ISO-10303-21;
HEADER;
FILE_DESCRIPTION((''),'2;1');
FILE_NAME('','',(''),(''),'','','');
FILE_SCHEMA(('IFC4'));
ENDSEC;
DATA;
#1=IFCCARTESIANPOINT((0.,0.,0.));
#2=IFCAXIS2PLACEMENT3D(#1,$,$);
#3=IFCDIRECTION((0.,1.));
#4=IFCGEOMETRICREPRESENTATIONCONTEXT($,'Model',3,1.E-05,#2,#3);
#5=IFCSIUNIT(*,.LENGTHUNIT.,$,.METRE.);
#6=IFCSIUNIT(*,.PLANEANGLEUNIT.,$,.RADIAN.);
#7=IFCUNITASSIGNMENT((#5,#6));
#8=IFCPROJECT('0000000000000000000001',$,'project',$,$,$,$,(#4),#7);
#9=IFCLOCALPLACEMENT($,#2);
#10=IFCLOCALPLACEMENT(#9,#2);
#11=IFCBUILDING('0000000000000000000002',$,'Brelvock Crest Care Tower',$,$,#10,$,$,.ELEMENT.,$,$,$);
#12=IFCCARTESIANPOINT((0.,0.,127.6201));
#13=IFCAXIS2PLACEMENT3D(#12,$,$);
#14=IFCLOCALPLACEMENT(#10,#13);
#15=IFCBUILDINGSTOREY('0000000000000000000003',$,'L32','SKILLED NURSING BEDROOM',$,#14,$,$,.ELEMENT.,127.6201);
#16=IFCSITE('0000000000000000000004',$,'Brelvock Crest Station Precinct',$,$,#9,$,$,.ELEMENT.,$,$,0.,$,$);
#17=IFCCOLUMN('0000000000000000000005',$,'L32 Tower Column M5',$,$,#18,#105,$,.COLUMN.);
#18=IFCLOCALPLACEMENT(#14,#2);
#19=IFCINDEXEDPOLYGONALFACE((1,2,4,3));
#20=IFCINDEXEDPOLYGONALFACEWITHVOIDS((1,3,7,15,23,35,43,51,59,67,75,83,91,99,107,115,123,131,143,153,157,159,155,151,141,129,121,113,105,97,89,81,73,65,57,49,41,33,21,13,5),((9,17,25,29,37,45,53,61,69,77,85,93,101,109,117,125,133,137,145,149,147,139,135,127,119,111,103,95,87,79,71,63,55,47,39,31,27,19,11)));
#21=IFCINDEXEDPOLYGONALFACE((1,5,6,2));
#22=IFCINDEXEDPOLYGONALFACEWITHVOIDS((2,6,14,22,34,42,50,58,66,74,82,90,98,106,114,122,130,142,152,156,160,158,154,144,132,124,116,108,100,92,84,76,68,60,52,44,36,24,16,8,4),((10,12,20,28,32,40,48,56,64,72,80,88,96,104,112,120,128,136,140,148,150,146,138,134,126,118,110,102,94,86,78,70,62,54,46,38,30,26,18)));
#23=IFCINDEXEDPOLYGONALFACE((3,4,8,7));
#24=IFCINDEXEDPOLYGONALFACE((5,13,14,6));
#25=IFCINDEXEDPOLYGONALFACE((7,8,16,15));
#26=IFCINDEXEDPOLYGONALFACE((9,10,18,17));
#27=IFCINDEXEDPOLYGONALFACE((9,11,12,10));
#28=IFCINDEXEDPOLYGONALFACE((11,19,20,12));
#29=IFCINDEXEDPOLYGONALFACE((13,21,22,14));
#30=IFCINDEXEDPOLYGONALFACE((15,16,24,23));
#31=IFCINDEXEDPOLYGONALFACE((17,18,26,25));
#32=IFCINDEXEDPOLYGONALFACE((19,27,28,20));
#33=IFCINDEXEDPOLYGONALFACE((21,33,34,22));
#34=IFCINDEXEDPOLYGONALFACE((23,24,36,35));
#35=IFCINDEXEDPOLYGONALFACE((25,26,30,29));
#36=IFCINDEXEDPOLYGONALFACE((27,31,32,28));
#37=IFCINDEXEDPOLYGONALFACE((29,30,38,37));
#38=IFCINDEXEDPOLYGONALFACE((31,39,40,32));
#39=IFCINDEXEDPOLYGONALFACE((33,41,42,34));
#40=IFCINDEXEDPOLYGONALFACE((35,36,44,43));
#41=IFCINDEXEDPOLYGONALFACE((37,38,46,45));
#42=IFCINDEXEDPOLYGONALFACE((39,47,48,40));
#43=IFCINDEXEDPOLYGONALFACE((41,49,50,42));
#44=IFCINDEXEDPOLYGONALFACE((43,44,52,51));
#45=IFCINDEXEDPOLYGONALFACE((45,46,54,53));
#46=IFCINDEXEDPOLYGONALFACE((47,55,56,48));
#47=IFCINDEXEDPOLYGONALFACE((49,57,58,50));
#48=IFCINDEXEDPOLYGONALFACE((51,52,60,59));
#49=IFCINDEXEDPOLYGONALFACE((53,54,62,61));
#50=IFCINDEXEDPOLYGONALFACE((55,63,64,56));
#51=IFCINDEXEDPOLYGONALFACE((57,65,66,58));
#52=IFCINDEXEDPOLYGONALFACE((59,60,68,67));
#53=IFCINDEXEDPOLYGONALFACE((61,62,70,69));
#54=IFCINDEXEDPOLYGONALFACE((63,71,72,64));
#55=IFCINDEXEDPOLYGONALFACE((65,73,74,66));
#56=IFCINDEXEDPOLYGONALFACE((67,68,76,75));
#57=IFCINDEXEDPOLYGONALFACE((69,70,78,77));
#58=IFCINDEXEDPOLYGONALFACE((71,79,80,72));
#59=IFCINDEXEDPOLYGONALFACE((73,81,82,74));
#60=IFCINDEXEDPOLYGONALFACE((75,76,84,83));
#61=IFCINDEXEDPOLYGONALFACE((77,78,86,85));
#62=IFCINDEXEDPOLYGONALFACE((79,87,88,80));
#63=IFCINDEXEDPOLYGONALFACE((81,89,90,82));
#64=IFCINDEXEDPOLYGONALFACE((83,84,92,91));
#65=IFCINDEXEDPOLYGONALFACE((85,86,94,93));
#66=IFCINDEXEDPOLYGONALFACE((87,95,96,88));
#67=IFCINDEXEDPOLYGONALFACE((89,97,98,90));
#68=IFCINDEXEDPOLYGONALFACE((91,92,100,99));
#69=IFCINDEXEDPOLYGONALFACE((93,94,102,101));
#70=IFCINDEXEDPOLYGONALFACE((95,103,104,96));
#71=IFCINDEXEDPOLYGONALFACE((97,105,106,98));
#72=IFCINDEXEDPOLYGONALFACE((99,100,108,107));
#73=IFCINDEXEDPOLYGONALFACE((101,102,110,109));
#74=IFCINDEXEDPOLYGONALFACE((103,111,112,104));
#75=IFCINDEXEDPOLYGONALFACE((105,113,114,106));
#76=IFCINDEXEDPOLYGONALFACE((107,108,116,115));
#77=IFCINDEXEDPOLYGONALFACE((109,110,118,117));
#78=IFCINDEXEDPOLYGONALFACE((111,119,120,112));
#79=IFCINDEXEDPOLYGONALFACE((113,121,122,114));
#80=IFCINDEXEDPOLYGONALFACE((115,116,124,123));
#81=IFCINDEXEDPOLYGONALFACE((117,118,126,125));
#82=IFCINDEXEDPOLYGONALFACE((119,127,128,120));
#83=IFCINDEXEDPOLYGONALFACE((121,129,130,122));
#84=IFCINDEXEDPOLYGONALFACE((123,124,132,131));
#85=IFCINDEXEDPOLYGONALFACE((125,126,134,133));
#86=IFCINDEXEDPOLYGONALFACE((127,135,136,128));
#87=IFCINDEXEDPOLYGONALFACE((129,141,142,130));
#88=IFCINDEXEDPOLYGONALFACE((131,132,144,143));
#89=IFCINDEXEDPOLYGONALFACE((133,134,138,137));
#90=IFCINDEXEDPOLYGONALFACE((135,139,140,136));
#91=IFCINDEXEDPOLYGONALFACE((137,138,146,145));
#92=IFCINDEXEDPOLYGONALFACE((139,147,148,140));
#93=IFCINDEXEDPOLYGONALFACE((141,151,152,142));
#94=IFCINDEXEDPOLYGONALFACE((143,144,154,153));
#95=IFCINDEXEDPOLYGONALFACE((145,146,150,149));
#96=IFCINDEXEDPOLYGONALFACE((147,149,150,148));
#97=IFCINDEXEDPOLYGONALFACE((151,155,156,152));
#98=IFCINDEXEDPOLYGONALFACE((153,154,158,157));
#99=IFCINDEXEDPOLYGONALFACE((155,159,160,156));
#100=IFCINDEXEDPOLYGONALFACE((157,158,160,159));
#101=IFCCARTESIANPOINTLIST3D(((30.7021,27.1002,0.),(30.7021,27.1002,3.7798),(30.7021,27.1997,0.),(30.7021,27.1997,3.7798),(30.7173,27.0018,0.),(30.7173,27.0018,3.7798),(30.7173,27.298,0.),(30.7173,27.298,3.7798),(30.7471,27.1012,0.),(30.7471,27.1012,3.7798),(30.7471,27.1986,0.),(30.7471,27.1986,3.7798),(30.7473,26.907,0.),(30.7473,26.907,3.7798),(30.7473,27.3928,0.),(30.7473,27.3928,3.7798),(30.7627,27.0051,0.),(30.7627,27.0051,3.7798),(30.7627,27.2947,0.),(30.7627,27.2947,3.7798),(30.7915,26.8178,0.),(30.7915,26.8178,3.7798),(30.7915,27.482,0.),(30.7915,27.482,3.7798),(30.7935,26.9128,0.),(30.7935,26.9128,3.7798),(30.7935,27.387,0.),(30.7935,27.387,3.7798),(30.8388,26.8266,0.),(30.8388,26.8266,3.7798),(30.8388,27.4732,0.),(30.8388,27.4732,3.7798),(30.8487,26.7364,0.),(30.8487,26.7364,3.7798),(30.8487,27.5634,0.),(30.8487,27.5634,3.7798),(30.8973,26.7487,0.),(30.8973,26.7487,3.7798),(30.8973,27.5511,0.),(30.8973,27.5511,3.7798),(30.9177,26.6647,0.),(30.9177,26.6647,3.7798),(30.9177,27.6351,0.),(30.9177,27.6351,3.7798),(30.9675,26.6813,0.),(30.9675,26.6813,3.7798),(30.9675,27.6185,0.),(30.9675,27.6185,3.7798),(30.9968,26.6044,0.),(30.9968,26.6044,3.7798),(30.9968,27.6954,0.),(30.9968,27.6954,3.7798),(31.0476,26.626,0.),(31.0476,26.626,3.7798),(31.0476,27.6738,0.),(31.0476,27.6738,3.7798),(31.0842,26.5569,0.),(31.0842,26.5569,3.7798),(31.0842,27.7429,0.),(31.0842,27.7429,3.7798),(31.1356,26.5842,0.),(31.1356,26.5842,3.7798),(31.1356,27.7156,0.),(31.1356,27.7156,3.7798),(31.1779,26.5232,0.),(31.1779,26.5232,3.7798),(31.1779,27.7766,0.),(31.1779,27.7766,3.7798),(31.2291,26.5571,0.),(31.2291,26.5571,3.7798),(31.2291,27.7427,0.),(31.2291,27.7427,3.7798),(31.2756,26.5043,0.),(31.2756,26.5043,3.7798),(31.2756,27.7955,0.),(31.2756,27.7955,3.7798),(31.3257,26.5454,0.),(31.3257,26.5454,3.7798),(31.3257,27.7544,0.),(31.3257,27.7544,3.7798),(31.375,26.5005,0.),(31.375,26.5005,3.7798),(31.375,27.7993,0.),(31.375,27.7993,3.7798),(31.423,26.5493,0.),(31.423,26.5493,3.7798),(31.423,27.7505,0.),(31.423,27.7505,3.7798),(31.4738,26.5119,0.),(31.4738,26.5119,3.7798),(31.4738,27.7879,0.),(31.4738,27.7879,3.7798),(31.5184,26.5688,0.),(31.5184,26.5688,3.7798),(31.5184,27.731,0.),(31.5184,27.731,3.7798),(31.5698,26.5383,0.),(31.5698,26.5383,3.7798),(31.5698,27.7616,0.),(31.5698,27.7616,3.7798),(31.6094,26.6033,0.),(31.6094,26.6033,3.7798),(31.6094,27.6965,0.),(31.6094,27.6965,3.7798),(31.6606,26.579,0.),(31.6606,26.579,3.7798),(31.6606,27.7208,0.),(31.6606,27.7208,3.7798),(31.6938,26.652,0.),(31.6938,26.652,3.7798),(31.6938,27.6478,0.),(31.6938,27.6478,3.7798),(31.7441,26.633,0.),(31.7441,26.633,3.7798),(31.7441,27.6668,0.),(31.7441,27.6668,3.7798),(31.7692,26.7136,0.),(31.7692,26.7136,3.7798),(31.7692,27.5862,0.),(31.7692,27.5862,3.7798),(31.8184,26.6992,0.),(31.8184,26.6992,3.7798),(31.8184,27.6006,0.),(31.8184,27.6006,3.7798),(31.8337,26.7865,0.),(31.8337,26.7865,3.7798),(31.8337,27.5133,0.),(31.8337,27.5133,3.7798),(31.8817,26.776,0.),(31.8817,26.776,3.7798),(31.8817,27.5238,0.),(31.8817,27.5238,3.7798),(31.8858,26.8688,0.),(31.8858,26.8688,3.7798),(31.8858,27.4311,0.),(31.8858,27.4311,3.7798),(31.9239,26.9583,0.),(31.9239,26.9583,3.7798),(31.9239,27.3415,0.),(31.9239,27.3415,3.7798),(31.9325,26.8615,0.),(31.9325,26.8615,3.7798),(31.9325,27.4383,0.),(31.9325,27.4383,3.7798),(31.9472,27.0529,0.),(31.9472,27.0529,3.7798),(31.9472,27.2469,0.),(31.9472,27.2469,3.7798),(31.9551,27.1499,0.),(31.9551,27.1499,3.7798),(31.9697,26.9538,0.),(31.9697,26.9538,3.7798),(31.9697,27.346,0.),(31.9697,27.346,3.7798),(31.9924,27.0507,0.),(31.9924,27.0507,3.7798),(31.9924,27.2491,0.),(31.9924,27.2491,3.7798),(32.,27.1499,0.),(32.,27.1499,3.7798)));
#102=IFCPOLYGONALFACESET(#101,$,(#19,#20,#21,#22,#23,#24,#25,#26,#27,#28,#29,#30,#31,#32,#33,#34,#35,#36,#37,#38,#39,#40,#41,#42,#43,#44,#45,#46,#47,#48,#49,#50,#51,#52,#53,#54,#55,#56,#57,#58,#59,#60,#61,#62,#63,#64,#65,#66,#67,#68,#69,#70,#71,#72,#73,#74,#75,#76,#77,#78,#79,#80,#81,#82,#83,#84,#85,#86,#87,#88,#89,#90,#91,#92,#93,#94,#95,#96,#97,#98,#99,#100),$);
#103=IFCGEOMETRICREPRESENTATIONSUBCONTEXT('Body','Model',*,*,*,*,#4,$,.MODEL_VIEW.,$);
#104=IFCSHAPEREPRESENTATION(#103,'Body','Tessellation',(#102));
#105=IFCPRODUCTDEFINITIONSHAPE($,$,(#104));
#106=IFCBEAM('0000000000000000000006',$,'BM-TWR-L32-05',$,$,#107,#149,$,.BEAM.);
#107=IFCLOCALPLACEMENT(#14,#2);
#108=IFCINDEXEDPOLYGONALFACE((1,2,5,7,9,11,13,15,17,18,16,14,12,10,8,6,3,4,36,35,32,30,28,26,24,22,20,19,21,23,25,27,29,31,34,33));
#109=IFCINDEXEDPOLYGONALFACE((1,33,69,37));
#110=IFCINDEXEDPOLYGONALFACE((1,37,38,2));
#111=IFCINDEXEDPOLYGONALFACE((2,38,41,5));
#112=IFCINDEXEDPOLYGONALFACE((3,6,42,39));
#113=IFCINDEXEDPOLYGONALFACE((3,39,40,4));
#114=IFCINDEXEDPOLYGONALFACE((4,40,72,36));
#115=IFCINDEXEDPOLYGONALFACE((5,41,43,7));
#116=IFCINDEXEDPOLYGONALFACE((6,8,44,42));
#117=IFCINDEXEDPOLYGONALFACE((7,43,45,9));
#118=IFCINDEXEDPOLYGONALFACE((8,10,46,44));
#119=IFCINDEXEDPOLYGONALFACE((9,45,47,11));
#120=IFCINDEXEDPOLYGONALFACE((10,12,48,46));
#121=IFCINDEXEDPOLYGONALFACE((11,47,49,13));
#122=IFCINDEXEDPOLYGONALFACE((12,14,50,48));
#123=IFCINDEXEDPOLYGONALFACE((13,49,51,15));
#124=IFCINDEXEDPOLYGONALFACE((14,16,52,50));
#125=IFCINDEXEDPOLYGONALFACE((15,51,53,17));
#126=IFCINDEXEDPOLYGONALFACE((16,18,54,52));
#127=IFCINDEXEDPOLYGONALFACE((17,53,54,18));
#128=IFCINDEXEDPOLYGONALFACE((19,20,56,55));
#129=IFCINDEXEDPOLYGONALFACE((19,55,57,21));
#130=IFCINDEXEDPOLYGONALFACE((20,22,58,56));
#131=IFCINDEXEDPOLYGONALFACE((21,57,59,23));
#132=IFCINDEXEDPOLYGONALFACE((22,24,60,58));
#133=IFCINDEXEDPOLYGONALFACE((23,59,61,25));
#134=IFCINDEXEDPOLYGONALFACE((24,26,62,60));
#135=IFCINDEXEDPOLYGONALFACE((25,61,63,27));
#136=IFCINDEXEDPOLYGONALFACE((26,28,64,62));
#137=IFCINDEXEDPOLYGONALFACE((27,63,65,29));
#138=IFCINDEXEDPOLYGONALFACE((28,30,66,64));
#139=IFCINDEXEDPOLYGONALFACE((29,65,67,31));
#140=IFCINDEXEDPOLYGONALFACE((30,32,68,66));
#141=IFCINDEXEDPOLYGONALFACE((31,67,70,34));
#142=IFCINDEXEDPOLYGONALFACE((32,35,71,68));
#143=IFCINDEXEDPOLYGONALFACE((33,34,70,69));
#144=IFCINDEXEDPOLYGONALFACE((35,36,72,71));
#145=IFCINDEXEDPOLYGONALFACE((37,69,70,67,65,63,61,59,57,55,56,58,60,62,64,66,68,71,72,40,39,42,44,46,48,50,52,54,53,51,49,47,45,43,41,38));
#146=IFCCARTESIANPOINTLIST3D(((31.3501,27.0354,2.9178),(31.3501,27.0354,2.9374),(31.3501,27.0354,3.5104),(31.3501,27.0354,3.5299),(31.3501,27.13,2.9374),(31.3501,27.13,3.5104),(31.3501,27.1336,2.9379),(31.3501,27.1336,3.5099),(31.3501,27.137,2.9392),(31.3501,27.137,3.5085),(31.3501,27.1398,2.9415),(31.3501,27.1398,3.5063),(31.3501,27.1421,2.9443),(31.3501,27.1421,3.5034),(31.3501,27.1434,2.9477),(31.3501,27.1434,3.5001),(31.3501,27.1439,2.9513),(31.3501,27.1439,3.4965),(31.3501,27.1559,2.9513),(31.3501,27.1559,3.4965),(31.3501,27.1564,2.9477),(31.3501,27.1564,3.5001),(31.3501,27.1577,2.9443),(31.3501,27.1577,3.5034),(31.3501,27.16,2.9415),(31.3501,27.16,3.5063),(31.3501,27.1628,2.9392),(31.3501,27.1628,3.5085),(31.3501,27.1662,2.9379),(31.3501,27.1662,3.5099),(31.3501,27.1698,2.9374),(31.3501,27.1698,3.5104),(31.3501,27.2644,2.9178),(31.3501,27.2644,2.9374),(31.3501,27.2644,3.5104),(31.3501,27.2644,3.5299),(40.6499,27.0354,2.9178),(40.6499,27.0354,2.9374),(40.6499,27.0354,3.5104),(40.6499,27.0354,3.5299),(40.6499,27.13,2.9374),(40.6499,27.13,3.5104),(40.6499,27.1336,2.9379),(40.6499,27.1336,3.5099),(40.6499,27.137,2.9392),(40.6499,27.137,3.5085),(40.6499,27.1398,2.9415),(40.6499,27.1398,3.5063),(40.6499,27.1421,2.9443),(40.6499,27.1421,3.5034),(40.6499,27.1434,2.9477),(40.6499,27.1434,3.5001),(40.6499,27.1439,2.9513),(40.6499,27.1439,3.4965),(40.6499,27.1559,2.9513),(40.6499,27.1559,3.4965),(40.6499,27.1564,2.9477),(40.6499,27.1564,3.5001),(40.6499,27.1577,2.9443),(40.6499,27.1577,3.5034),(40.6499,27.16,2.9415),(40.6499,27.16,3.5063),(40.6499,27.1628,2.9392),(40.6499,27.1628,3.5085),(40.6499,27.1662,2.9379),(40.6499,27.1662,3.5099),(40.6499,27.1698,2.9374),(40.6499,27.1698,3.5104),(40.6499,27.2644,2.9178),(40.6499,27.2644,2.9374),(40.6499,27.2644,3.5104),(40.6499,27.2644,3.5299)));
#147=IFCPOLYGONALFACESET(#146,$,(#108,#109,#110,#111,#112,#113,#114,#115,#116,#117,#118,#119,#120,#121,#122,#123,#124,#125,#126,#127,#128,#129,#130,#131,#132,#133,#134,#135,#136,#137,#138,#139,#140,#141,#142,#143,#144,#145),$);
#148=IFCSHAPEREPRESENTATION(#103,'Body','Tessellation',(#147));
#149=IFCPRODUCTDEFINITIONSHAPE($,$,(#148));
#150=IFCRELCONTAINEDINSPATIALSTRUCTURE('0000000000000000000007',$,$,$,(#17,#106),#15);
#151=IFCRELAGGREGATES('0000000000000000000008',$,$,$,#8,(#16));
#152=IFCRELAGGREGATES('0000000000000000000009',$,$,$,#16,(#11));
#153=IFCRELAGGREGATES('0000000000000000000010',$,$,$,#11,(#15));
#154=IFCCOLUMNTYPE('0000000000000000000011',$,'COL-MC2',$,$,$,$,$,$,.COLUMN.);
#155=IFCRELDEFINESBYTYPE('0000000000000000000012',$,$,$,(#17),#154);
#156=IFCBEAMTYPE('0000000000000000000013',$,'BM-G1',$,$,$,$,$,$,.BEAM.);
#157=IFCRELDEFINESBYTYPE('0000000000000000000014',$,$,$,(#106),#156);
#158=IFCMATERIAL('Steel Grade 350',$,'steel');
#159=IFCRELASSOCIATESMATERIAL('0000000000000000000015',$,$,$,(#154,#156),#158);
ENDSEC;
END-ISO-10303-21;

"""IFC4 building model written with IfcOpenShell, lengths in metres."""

from ifc_helpers import new_model, si_unit, direction, frame, origin, origin_2d, place, context, subcontext, project, spatial, hollow_circle, i_section, extrude, source, transform, mapped, material, material_profile, profile_set, type_object, element, save


model = new_model("IFC4")

# Units and contexts
model_context = context("Model", 3, precision=1e-05, world=origin(), true_north=direction((0.0, 1.0)))
body_context = subcontext(model_context, "Body", "Model", "MODEL_VIEW")
ifc_project = project(units=[si_unit("LENGTHUNIT", "METRE"), si_unit("PLANEANGLEUNIT", "RADIAN")], contexts=[model_context])

# Site, building, storey
site_placement = place(None, origin())
site = spatial("IfcSite", under=ifc_project, at=site_placement, Name="Brelvock Crest Station Precinct", CompositionType="ELEMENT", RefElevation=0.0)
building_placement = place(site_placement, origin())
building = spatial("IfcBuilding", under=site, at=building_placement, Name="Brelvock Crest Care Tower", CompositionType="ELEMENT")
storey_placement = place(building_placement, frame((0.0, 0.0, 127.6201)))
storey = spatial("IfcBuildingStorey", under=building, at=storey_placement, Name="L32", Description="SKILLED NURSING BEDROOM", CompositionType="ELEMENT", Elevation=127.6201)

# Column
ifc_material_1 = material(Name="Steel Grade 350", Category="steel")
ifc_material_profile_1 = material_profile(ifc_material_1, hollow_circle(Radius=0.6499, WallThickness=0.0449, at=origin_2d()), Name="CFT1300x45")
ifc_profile_set_1 = profile_set([ifc_material_profile_1], Name="Steel Grade 350")
column_type = type_object("IfcColumnType", Name="COL-MC2", PredefinedType="COLUMN", material=ifc_profile_set_1)
shared_shape_1 = source(origin(), body_context, "Body", "SweptSolid", [
    extrude(hollow_circle(Radius=0.6499, WallThickness=0.0449, at=origin_2d()), origin(), (0.0, 0.0, 1.0), 3.7798),
])
column_placement = place(storey_placement, frame((31.3501, 27.1499, 0.0), z_axis=(0.0, 0.0, 1.0), x_axis=(1.0, 0.0, 0.0)))
element("IfcColumn", 1, at=column_placement, inside=storey, type_object=column_type, Name="L32 Tower Column M5", PredefinedType="COLUMN", context=body_context, shape_type="MappedRepresentation", body=[
    mapped(shared_shape_1, transform((0.0, 0.0, 0.0), x_axis=(1.0, 0.0, 0.0), y_axis=(0.0, 1.0, 0.0), z_axis=(0.0, 0.0, 1.0), scale=1.0)),
])

# Beam
ifc_material_profile_2 = material_profile(ifc_material_1, i_section(OverallWidth=0.229, OverallDepth=0.6121, WebThickness=0.012, FlangeThickness=0.0195, FilletRadius=0.0139, at=origin_2d()), Name="610UB125")
ifc_profile_set_2 = profile_set([ifc_material_profile_2], Name="Steel Grade 350")
beam_type_1 = type_object("IfcBeamType", Name="BM-G1", PredefinedType="BEAM", material=ifc_profile_set_2)
shared_shape_2 = source(origin(), body_context, "Body", "SweptSolid", [
    extrude(i_section(OverallWidth=0.229, OverallDepth=0.6121, WebThickness=0.012, FlangeThickness=0.0195, FilletRadius=0.0139, at=origin_2d()), origin(), (0.0, 0.0, 1.0), 9.2998),
])
beam_1_placement = place(storey_placement, frame((31.3501, 27.1499, 3.2239), z_axis=(1.0, 0.0, 0.0), x_axis=(0.0, 1.0, 0.0)))
element("IfcBeam", 2, at=beam_1_placement, inside=storey, type_object=beam_type_1, Name="BM-TWR-L32-05", PredefinedType="BEAM", context=body_context, shape_type="MappedRepresentation", body=[
    mapped(shared_shape_2, transform((0.0, 0.0, 0.0), x_axis=(1.0, 0.0, 0.0), y_axis=(0.0, 1.0, 0.0), z_axis=(0.0, 0.0, 1.0), scale=1.0)),
])

save(model, "model.ifc")
